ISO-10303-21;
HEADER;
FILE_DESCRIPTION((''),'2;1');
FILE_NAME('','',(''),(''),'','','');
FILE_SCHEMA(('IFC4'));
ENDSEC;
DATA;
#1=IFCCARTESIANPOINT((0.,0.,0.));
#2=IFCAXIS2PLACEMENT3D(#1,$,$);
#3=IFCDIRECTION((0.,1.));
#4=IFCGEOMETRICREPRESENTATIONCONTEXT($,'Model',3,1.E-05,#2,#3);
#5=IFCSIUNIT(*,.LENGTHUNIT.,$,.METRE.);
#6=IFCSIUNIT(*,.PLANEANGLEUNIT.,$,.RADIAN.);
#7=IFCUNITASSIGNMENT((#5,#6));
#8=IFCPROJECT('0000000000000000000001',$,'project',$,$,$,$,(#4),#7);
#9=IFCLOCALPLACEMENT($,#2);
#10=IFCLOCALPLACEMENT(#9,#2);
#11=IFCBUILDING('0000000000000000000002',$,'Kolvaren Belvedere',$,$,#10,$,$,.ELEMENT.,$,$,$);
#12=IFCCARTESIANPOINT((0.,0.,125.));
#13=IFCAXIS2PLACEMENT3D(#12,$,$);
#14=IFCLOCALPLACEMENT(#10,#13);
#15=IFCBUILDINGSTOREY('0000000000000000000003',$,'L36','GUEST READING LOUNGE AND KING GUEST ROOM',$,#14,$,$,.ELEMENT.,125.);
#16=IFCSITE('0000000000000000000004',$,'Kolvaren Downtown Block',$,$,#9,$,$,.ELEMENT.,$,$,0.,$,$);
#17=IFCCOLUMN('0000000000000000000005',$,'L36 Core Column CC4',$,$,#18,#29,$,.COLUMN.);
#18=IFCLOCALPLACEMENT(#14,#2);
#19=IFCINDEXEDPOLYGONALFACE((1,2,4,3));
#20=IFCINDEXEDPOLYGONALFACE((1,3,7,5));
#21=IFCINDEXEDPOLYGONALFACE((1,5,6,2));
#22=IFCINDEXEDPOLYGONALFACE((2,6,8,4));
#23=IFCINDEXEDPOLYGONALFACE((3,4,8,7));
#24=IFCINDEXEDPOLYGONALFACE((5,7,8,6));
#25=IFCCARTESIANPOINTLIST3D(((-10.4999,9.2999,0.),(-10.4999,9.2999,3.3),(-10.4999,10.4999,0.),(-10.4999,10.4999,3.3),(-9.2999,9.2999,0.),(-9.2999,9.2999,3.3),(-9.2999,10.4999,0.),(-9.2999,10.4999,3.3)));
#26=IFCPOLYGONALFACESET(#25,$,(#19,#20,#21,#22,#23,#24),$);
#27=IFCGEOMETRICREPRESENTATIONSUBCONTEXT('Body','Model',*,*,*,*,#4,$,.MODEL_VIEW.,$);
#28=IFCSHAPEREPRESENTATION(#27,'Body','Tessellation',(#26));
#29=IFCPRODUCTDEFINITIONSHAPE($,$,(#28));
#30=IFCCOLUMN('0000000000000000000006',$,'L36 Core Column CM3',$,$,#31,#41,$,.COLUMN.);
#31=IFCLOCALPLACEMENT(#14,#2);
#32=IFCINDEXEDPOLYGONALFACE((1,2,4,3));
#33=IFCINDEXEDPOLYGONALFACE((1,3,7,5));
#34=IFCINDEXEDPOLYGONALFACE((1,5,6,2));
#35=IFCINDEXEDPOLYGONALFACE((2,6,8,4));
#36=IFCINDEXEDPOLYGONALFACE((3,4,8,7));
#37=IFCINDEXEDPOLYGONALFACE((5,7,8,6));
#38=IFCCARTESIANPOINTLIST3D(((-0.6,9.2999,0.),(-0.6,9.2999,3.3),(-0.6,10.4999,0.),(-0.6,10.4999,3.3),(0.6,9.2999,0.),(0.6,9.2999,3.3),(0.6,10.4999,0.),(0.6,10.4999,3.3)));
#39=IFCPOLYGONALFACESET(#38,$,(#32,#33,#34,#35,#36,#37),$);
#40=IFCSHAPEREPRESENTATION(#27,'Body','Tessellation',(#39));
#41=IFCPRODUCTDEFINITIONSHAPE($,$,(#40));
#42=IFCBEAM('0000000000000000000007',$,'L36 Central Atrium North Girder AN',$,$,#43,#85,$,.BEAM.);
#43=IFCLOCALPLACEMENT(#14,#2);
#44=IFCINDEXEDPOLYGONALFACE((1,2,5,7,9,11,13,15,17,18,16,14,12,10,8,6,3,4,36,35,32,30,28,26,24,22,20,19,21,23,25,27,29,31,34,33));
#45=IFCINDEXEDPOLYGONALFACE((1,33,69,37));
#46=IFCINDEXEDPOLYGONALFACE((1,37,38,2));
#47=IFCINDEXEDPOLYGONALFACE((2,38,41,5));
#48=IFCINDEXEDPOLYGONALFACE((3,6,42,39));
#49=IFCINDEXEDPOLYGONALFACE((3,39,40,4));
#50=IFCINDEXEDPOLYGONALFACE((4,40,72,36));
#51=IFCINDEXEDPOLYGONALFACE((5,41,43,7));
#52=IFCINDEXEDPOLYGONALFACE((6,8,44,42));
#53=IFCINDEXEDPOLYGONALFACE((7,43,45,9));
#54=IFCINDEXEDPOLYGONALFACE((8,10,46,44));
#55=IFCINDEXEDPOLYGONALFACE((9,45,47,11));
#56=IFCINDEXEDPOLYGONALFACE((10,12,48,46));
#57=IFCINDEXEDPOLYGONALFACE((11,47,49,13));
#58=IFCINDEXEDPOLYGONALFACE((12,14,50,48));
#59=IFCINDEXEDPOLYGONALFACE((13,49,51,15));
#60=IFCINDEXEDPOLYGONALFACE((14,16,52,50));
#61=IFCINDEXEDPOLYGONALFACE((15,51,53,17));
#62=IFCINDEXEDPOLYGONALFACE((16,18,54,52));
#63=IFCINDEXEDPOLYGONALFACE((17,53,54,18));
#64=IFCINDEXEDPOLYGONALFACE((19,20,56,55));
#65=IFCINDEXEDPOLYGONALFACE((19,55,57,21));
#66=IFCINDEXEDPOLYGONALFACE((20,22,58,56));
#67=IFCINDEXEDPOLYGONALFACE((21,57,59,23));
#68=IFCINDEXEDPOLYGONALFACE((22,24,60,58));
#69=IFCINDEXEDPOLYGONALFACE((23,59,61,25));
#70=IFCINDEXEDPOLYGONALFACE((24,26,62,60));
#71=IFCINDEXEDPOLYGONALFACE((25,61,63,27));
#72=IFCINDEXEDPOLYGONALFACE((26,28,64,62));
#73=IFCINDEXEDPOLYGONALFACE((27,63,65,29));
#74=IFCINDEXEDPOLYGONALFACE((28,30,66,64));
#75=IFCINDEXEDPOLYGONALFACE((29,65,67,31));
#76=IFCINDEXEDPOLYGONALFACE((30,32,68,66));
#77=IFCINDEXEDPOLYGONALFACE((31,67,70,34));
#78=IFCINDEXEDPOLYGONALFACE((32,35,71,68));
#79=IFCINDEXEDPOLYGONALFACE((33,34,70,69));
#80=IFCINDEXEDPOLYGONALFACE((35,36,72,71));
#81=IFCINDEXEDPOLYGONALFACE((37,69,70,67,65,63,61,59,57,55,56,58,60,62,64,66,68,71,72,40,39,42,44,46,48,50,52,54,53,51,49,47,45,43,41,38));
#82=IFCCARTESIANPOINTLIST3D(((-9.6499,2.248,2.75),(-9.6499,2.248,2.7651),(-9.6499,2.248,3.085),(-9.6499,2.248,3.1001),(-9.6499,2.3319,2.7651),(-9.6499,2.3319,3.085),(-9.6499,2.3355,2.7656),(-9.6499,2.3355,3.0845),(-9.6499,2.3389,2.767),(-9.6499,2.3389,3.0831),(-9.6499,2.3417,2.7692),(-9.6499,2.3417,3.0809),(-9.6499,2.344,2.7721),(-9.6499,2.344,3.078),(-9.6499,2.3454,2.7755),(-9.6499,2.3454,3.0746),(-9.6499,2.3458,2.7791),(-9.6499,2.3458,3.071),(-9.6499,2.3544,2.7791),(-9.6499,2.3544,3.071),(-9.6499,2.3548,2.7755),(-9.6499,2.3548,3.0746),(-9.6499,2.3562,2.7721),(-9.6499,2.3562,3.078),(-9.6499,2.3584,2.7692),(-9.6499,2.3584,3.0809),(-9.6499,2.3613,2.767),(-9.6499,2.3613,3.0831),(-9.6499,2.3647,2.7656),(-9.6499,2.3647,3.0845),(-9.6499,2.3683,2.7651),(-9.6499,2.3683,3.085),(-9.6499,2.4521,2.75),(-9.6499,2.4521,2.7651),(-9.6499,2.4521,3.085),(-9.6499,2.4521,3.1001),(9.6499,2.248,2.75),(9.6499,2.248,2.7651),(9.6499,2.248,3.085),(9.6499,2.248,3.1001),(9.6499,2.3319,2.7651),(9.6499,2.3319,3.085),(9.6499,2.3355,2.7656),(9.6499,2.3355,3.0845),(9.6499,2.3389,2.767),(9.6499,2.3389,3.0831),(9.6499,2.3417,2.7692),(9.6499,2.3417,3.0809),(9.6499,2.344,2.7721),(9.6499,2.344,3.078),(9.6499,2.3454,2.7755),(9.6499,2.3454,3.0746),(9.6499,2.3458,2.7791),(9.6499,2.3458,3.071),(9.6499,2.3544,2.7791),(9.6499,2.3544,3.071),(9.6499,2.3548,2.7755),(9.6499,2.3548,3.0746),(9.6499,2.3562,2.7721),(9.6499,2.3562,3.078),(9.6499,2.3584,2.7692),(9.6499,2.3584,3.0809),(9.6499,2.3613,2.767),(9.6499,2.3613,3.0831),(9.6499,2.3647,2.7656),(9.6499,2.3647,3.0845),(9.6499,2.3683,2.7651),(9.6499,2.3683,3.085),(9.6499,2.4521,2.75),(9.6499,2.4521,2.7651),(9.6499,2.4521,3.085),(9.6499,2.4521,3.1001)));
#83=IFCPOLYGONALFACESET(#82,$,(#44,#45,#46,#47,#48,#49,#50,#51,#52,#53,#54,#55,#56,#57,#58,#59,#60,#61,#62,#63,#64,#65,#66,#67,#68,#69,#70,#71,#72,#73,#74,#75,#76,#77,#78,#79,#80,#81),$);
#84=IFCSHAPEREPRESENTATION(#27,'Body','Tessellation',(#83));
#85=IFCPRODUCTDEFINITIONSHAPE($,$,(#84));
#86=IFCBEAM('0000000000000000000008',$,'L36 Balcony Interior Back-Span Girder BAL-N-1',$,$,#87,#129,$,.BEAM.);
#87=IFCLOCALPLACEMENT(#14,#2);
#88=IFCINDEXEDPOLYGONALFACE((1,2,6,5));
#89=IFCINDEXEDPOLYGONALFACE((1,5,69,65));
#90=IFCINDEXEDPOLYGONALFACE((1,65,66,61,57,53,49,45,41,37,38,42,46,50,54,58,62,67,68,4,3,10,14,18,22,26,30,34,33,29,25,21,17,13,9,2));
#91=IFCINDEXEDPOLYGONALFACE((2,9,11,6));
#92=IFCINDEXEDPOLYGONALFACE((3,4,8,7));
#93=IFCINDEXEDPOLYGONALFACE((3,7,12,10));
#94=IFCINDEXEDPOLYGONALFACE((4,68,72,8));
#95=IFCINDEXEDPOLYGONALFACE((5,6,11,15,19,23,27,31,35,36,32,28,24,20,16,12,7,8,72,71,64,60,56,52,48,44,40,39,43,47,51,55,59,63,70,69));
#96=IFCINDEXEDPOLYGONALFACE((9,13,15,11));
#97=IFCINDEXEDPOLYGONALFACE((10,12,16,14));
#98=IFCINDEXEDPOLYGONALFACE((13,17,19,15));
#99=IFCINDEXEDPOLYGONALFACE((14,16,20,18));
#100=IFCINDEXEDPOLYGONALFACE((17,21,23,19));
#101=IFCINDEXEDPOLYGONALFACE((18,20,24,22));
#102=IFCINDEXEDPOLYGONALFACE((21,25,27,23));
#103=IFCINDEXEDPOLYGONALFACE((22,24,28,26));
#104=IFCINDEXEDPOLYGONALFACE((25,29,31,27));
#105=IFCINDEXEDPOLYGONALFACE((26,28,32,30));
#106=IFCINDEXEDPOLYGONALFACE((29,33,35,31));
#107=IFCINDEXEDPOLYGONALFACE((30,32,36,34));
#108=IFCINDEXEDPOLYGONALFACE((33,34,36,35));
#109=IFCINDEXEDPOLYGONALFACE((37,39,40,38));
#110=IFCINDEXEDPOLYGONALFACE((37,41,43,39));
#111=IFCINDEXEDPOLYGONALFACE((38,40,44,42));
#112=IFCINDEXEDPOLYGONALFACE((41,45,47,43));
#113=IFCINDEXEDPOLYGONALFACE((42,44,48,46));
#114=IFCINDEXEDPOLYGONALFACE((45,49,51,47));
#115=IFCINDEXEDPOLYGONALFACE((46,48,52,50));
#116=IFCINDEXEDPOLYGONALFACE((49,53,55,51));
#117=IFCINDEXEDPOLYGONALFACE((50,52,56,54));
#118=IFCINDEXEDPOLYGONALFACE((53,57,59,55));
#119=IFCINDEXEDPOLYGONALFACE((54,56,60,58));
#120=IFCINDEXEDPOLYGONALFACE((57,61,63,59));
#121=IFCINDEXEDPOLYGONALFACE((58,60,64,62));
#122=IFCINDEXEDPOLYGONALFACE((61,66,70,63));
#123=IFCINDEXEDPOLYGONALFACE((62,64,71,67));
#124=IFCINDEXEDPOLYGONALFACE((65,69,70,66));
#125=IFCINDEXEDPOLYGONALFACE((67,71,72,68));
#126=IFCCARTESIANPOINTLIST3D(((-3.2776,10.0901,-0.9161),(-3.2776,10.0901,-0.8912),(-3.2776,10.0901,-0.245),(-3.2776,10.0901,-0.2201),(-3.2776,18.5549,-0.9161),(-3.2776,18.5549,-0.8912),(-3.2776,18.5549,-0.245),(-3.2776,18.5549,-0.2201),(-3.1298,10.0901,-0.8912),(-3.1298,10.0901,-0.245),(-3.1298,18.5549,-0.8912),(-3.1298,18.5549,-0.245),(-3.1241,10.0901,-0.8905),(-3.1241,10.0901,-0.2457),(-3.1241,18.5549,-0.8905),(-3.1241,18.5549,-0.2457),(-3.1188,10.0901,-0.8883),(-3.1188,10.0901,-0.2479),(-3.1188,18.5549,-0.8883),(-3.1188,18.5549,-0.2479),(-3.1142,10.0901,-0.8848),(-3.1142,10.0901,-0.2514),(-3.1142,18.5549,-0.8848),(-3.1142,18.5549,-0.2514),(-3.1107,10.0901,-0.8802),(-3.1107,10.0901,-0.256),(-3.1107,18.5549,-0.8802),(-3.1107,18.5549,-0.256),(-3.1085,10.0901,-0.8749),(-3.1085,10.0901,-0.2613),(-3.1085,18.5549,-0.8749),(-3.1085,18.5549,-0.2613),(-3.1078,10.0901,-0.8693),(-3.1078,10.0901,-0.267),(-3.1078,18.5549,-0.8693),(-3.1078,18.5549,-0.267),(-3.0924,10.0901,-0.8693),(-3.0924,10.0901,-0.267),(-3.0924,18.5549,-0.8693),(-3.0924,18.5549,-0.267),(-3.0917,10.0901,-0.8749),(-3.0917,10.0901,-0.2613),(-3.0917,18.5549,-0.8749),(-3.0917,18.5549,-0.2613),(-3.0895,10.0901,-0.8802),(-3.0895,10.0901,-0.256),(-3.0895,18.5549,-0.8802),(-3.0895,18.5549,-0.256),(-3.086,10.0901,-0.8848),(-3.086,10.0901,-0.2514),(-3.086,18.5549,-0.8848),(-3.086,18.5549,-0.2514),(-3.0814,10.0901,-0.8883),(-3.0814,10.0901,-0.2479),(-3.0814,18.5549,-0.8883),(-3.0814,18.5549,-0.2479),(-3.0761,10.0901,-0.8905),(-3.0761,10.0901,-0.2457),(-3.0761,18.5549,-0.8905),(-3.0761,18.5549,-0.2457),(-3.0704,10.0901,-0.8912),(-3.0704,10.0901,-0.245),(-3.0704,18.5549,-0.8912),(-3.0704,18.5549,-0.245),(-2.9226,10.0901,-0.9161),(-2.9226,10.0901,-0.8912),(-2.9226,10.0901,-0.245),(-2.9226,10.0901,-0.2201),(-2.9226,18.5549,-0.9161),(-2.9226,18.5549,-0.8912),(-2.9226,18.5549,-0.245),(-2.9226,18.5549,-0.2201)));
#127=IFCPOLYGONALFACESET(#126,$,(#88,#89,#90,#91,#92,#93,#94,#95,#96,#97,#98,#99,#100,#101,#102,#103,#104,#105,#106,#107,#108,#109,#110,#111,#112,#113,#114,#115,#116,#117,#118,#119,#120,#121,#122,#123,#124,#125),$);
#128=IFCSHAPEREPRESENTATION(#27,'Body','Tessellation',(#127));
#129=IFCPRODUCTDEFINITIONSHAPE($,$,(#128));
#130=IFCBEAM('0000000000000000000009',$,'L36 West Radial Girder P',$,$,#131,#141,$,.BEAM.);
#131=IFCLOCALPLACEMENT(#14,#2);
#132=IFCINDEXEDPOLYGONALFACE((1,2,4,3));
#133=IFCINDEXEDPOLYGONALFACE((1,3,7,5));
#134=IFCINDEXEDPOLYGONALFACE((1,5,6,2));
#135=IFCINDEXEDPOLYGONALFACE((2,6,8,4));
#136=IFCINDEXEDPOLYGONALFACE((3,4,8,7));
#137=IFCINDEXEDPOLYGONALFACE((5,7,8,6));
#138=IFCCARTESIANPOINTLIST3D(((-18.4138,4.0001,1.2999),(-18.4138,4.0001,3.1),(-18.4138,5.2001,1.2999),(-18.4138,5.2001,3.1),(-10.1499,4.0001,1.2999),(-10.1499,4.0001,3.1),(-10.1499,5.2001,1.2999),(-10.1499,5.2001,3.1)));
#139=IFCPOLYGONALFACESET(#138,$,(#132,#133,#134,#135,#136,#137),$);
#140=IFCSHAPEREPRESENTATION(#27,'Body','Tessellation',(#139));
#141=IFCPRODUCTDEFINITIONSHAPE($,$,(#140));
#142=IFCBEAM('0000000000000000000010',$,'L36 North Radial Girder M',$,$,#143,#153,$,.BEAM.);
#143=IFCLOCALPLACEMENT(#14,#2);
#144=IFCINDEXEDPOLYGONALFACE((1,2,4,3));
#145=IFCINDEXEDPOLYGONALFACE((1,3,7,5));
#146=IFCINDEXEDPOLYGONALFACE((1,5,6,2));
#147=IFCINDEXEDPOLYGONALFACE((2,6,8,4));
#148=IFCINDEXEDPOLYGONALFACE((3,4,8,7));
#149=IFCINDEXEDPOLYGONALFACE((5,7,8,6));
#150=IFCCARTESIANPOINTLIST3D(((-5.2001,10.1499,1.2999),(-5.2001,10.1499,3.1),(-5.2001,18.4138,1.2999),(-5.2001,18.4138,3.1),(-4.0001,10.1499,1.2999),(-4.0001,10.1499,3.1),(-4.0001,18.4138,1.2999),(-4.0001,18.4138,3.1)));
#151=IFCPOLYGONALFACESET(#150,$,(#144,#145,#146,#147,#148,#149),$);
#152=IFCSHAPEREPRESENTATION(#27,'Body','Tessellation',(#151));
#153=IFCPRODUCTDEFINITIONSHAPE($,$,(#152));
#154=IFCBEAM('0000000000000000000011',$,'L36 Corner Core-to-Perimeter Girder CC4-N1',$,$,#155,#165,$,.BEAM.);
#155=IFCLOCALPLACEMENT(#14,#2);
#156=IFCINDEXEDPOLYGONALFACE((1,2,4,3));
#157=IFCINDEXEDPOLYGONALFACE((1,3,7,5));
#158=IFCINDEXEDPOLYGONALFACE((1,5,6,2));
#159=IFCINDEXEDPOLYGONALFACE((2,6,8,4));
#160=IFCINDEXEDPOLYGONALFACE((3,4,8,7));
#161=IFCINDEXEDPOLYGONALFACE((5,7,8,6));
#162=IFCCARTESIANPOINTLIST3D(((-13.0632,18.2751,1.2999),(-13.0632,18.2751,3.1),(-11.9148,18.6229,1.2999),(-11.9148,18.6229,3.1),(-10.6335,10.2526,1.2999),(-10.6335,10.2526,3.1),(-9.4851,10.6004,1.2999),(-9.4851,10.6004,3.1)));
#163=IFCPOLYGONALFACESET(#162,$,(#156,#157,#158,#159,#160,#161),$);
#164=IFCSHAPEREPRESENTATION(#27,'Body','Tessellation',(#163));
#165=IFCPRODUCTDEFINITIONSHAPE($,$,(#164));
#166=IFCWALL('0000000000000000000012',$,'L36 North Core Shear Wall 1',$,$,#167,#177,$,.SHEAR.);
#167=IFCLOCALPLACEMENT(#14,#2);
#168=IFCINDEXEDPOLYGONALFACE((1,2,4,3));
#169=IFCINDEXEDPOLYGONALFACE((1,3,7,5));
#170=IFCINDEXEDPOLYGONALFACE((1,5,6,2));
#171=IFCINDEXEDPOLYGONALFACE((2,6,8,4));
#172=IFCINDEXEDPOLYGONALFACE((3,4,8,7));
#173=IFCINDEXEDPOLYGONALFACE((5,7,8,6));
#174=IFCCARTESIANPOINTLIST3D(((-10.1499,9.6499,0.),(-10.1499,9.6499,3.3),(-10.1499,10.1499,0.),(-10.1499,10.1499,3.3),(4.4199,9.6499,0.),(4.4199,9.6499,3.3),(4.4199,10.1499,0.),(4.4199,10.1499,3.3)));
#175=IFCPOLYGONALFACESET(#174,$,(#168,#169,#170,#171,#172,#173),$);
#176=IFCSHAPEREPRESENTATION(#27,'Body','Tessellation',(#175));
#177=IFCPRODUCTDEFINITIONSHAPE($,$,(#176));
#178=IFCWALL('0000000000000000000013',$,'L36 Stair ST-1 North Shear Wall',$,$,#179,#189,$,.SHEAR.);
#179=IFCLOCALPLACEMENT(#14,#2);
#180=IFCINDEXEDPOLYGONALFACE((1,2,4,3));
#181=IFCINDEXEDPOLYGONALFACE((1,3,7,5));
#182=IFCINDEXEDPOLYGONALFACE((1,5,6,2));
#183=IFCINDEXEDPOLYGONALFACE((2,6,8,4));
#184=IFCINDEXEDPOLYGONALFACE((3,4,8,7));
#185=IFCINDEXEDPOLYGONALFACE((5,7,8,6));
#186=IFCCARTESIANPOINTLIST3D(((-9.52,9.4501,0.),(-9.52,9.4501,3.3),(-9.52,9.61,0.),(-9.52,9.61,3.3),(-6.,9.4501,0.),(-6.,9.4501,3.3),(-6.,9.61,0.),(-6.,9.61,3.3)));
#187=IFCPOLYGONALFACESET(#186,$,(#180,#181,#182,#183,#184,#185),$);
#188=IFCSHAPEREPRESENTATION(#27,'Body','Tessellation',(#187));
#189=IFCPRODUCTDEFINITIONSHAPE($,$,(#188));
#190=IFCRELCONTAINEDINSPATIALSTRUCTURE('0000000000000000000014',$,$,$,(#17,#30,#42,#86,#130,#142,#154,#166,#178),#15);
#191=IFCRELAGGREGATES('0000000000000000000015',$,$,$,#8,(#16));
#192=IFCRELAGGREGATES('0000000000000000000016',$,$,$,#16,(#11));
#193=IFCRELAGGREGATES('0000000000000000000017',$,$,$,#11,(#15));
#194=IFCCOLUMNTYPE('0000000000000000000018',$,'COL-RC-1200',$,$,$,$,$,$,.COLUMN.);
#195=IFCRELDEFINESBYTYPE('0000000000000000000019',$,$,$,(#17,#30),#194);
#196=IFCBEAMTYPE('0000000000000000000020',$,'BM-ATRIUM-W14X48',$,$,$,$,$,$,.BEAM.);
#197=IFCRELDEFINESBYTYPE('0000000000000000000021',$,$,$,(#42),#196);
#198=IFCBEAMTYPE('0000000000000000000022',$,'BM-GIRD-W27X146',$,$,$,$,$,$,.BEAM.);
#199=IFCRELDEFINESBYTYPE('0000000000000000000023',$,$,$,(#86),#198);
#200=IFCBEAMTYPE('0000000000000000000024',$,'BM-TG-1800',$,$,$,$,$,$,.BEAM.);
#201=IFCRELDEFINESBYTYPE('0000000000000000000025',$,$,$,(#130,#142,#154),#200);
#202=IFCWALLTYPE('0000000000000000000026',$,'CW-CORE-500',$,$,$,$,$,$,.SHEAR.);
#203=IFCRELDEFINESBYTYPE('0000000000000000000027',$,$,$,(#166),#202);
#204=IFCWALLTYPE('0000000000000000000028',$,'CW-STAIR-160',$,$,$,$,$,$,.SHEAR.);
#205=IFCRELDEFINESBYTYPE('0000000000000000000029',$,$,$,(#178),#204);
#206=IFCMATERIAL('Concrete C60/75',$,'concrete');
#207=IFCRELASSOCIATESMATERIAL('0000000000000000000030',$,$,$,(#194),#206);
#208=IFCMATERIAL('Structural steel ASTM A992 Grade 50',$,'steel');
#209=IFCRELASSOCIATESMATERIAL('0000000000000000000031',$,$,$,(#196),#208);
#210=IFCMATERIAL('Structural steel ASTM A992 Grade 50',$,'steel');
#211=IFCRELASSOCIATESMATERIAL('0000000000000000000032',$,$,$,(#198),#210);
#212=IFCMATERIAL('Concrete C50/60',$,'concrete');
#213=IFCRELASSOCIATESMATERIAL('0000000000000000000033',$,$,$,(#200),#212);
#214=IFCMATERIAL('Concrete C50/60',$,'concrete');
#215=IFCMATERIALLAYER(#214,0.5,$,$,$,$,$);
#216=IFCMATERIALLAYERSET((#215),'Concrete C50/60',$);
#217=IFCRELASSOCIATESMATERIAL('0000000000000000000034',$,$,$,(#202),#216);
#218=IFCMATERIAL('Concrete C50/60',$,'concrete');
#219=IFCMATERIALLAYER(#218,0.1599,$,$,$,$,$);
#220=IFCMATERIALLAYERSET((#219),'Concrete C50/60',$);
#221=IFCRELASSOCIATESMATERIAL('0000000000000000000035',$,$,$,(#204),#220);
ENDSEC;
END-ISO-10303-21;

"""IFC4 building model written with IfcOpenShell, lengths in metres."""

from ifc_helpers import new_model, si_unit, direction, frame, frame_2d, origin, origin_2d, place, context, subcontext, project, spatial, rectangle, i_section, extrude, material, layer, layer_set, material_profile, profile_set, type_object, element, save


model = new_model("IFC4")

# Units and contexts
model_context = context("Model", 3, precision=1e-05, world=origin(), true_north=direction((0.0, 1.0)))
body_context = subcontext(model_context, "Body", "Model", "MODEL_VIEW")
ifc_project = project(units=[si_unit("LENGTHUNIT", "METRE"), si_unit("PLANEANGLEUNIT", "RADIAN")], contexts=[model_context])

# Site, building, storey
site_placement = place(None, origin())
site = spatial("IfcSite", under=ifc_project, at=site_placement, Name="Kolvaren Downtown Block", CompositionType="ELEMENT", RefElevation=0.0)
building_placement = place(site_placement, origin())
building = spatial("IfcBuilding", under=site, at=building_placement, Name="Kolvaren Belvedere", CompositionType="ELEMENT")
storey_placement = place(building_placement, frame((0.0, 0.0, 125.0)))
storey = spatial("IfcBuildingStorey", under=building, at=storey_placement, Name="L36", Description="GUEST READING LOUNGE AND KING GUEST ROOM", CompositionType="ELEMENT", Elevation=125.0)

# Columns
ifc_material_1 = material(Name="Concrete C60/75", Category="concrete")
ifc_material_profile_1 = material_profile(ifc_material_1, rectangle(XDim=1.2, YDim=1.2, at=origin_2d()), Name="RC 1200X1200")
ifc_profile_set_1 = profile_set([ifc_material_profile_1], Name="Concrete C60/75")
column_type = type_object("IfcColumnType", Name="COL-RC-1200", PredefinedType="COLUMN", material=ifc_profile_set_1)
for number, where, z_axis, x_axis, name in (
    (1, (-9.8999, 9.8999, 0.0), (0.0, 0.0, 1.0), (1.0, 0.0, 0.0), "L36 Core Column CC4"),
    (2, (0.0, 9.8999, 0.0), (0.0, 0.0, 1.0), (1.0, 0.0, 0.0), "L36 Core Column CM3"),
):
    element("IfcColumn", number, at=place(storey_placement, frame(where, z_axis=z_axis, x_axis=x_axis)), inside=storey, type_object=column_type, Name=name, PredefinedType="COLUMN", context=body_context, shape_type="SweptSolid", body=[
        extrude(rectangle(XDim=1.2, YDim=1.2, at=origin_2d()), origin(), (0.0, 0.0, 1.0), 3.3),
    ])

# Beams
ifc_material_2 = material(Name="Structural steel ASTM A992 Grade 50", Category="steel")
ifc_material_profile_2 = material_profile(ifc_material_2, i_section(OverallWidth=0.2041, OverallDepth=0.3501, WebThickness=0.0085, FlangeThickness=0.0151, FilletRadius=0.0139, at=origin_2d()), Name="W14X48")
ifc_profile_set_2 = profile_set([ifc_material_profile_2], Name="Structural steel ASTM A992 Grade 50")
beam_type_1 = type_object("IfcBeamType", Name="BM-ATRIUM-W14X48", PredefinedType="BEAM", material=ifc_profile_set_2)
beam_1_placement = place(storey_placement, frame((-9.6499, 2.3501, 2.925), z_axis=(1.0, 0.0, 0.0), x_axis=(0.0, 1.0, 0.0)))
element("IfcBeam", 3, at=beam_1_placement, inside=storey, type_object=beam_type_1, Name="L36 Central Atrium North Girder AN", PredefinedType="BEAM", context=body_context, shape_type="SweptSolid", body=[
    extrude(i_section(OverallWidth=0.2041, OverallDepth=0.3501, WebThickness=0.0085, FlangeThickness=0.0151, FilletRadius=0.0139, at=origin_2d()), origin(), (0.0, 0.0, 1.0), 19.2998),
])
ifc_material_3 = material(Name="Structural steel ASTM A992 Grade 50", Category="steel")
ifc_material_profile_3 = material_profile(ifc_material_3, i_section(OverallWidth=0.355, OverallDepth=0.696, WebThickness=0.0154, FlangeThickness=0.0249, FilletRadius=0.022, at=origin_2d()), Name="W27X146")
ifc_profile_set_3 = profile_set([ifc_material_profile_3], Name="Structural steel ASTM A992 Grade 50")
beam_type_2 = type_object("IfcBeamType", Name="BM-GIRD-W27X146", PredefinedType="BEAM", material=ifc_profile_set_3)
beam_2_placement = place(storey_placement, frame((-3.1001, 10.0901, -0.5681), z_axis=(0.0, 1.0, 0.0), x_axis=(-1.0, 0.0, 0.0)))
element("IfcBeam", 4, at=beam_2_placement, inside=storey, type_object=beam_type_2, Name="L36 Balcony Interior Back-Span Girder BAL-N-1", PredefinedType="BEAM", context=body_context, shape_type="SweptSolid", body=[
    extrude(i_section(OverallWidth=0.355, OverallDepth=0.696, WebThickness=0.0154, FlangeThickness=0.0249, FilletRadius=0.022, at=origin_2d()), origin(), (0.0, 0.0, 1.0), 8.4648),
])
ifc_material_4 = material(Name="Concrete C50/60", Category="concrete")
ifc_material_profile_4 = material_profile(ifc_material_4, rectangle(XDim=1.2, YDim=1.8, at=origin_2d()), Name="RC 1200X1800")
ifc_profile_set_4 = profile_set([ifc_material_profile_4], Name="Concrete C50/60")
beam_type_3 = type_object("IfcBeamType", Name="BM-TG-1800", PredefinedType="BEAM", material=ifc_profile_set_4)
for number, where, z_axis, x_axis, name in (
    (5, (-10.1499, 4.6001, 2.2), (-1.0, 0.0, 0.0), (0.0, -1.0, 0.0), "L36 West Radial Girder P"),
    (6, (-4.6001, 10.1499, 2.2), (0.0, 1.0, 0.0), (-1.0, 0.0, 0.0), "L36 North Radial Girder M"),
):
    element("IfcBeam", number, at=place(storey_placement, frame(where, z_axis=z_axis, x_axis=x_axis)), inside=storey, type_object=beam_type_3, Name=name, PredefinedType="BEAM", context=body_context, shape_type="SweptSolid", body=[
        extrude(rectangle(XDim=1.2, YDim=1.8, at=origin_2d()), origin(), (0.0, 0.0, 1.0), 8.2639),
    ])
beam_3_placement = place(storey_placement, frame((-10.0593, 10.4265, 2.2), z_axis=(-0.289859, 0.957069, 0.0), x_axis=(-0.957069, -0.289859, 0.0)))
element("IfcBeam", 7, at=beam_3_placement, inside=storey, type_object=beam_type_3, Name="L36 Corner Core-to-Perimeter Girder CC4-N1", PredefinedType="BEAM", context=body_context, shape_type="SweptSolid", body=[
    extrude(rectangle(XDim=1.2, YDim=1.8, at=origin_2d()), origin(), (0.0, 0.0, 1.0), 8.3823),
])

# Walls
ifc_material_5 = material(Name="Concrete C50/60", Category="concrete")
ifc_layer_1 = layer(ifc_material_5, 0.5)
ifc_layer_set_1 = layer_set([ifc_layer_1], Name="Concrete C50/60")
wall_type_1 = type_object("IfcWallType", Name="CW-CORE-500", PredefinedType="SHEAR", material=ifc_layer_set_1)
wall_1_placement = place(storey_placement, frame((-10.1499, 9.8999, 0.0), z_axis=(0.0, 0.0, 1.0), x_axis=(1.0, 0.0, 0.0)))
element("IfcWall", 8, at=wall_1_placement, inside=storey, type_object=wall_type_1, Name="L36 North Core Shear Wall 1", PredefinedType="SHEAR", context=body_context, shape_type="SweptSolid", body=[
    extrude(rectangle(XDim=14.5698, YDim=0.5, at=frame_2d((7.2849, 0.0))), origin(), (0.0, 0.0, 1.0), 3.3),
])
ifc_material_6 = material(Name="Concrete C50/60", Category="concrete")
ifc_layer_2 = layer(ifc_material_6, 0.1599)
ifc_layer_set_2 = layer_set([ifc_layer_2], Name="Concrete C50/60")
wall_type_2 = type_object("IfcWallType", Name="CW-STAIR-160", PredefinedType="SHEAR", material=ifc_layer_set_2)
wall_2_placement = place(storey_placement, frame((-9.52, 9.53, 0.0), z_axis=(0.0, 0.0, 1.0), x_axis=(1.0, 0.0, 0.0)))
element("IfcWall", 9, at=wall_2_placement, inside=storey, type_object=wall_type_2, Name="L36 Stair ST-1 North Shear Wall", PredefinedType="SHEAR", context=body_context, shape_type="SweptSolid", body=[
    extrude(rectangle(XDim=3.52, YDim=0.1599, at=frame_2d((1.76, 0.0))), origin(), (0.0, 0.0, 1.0), 3.3),
])

save(model, "model.ifc")
